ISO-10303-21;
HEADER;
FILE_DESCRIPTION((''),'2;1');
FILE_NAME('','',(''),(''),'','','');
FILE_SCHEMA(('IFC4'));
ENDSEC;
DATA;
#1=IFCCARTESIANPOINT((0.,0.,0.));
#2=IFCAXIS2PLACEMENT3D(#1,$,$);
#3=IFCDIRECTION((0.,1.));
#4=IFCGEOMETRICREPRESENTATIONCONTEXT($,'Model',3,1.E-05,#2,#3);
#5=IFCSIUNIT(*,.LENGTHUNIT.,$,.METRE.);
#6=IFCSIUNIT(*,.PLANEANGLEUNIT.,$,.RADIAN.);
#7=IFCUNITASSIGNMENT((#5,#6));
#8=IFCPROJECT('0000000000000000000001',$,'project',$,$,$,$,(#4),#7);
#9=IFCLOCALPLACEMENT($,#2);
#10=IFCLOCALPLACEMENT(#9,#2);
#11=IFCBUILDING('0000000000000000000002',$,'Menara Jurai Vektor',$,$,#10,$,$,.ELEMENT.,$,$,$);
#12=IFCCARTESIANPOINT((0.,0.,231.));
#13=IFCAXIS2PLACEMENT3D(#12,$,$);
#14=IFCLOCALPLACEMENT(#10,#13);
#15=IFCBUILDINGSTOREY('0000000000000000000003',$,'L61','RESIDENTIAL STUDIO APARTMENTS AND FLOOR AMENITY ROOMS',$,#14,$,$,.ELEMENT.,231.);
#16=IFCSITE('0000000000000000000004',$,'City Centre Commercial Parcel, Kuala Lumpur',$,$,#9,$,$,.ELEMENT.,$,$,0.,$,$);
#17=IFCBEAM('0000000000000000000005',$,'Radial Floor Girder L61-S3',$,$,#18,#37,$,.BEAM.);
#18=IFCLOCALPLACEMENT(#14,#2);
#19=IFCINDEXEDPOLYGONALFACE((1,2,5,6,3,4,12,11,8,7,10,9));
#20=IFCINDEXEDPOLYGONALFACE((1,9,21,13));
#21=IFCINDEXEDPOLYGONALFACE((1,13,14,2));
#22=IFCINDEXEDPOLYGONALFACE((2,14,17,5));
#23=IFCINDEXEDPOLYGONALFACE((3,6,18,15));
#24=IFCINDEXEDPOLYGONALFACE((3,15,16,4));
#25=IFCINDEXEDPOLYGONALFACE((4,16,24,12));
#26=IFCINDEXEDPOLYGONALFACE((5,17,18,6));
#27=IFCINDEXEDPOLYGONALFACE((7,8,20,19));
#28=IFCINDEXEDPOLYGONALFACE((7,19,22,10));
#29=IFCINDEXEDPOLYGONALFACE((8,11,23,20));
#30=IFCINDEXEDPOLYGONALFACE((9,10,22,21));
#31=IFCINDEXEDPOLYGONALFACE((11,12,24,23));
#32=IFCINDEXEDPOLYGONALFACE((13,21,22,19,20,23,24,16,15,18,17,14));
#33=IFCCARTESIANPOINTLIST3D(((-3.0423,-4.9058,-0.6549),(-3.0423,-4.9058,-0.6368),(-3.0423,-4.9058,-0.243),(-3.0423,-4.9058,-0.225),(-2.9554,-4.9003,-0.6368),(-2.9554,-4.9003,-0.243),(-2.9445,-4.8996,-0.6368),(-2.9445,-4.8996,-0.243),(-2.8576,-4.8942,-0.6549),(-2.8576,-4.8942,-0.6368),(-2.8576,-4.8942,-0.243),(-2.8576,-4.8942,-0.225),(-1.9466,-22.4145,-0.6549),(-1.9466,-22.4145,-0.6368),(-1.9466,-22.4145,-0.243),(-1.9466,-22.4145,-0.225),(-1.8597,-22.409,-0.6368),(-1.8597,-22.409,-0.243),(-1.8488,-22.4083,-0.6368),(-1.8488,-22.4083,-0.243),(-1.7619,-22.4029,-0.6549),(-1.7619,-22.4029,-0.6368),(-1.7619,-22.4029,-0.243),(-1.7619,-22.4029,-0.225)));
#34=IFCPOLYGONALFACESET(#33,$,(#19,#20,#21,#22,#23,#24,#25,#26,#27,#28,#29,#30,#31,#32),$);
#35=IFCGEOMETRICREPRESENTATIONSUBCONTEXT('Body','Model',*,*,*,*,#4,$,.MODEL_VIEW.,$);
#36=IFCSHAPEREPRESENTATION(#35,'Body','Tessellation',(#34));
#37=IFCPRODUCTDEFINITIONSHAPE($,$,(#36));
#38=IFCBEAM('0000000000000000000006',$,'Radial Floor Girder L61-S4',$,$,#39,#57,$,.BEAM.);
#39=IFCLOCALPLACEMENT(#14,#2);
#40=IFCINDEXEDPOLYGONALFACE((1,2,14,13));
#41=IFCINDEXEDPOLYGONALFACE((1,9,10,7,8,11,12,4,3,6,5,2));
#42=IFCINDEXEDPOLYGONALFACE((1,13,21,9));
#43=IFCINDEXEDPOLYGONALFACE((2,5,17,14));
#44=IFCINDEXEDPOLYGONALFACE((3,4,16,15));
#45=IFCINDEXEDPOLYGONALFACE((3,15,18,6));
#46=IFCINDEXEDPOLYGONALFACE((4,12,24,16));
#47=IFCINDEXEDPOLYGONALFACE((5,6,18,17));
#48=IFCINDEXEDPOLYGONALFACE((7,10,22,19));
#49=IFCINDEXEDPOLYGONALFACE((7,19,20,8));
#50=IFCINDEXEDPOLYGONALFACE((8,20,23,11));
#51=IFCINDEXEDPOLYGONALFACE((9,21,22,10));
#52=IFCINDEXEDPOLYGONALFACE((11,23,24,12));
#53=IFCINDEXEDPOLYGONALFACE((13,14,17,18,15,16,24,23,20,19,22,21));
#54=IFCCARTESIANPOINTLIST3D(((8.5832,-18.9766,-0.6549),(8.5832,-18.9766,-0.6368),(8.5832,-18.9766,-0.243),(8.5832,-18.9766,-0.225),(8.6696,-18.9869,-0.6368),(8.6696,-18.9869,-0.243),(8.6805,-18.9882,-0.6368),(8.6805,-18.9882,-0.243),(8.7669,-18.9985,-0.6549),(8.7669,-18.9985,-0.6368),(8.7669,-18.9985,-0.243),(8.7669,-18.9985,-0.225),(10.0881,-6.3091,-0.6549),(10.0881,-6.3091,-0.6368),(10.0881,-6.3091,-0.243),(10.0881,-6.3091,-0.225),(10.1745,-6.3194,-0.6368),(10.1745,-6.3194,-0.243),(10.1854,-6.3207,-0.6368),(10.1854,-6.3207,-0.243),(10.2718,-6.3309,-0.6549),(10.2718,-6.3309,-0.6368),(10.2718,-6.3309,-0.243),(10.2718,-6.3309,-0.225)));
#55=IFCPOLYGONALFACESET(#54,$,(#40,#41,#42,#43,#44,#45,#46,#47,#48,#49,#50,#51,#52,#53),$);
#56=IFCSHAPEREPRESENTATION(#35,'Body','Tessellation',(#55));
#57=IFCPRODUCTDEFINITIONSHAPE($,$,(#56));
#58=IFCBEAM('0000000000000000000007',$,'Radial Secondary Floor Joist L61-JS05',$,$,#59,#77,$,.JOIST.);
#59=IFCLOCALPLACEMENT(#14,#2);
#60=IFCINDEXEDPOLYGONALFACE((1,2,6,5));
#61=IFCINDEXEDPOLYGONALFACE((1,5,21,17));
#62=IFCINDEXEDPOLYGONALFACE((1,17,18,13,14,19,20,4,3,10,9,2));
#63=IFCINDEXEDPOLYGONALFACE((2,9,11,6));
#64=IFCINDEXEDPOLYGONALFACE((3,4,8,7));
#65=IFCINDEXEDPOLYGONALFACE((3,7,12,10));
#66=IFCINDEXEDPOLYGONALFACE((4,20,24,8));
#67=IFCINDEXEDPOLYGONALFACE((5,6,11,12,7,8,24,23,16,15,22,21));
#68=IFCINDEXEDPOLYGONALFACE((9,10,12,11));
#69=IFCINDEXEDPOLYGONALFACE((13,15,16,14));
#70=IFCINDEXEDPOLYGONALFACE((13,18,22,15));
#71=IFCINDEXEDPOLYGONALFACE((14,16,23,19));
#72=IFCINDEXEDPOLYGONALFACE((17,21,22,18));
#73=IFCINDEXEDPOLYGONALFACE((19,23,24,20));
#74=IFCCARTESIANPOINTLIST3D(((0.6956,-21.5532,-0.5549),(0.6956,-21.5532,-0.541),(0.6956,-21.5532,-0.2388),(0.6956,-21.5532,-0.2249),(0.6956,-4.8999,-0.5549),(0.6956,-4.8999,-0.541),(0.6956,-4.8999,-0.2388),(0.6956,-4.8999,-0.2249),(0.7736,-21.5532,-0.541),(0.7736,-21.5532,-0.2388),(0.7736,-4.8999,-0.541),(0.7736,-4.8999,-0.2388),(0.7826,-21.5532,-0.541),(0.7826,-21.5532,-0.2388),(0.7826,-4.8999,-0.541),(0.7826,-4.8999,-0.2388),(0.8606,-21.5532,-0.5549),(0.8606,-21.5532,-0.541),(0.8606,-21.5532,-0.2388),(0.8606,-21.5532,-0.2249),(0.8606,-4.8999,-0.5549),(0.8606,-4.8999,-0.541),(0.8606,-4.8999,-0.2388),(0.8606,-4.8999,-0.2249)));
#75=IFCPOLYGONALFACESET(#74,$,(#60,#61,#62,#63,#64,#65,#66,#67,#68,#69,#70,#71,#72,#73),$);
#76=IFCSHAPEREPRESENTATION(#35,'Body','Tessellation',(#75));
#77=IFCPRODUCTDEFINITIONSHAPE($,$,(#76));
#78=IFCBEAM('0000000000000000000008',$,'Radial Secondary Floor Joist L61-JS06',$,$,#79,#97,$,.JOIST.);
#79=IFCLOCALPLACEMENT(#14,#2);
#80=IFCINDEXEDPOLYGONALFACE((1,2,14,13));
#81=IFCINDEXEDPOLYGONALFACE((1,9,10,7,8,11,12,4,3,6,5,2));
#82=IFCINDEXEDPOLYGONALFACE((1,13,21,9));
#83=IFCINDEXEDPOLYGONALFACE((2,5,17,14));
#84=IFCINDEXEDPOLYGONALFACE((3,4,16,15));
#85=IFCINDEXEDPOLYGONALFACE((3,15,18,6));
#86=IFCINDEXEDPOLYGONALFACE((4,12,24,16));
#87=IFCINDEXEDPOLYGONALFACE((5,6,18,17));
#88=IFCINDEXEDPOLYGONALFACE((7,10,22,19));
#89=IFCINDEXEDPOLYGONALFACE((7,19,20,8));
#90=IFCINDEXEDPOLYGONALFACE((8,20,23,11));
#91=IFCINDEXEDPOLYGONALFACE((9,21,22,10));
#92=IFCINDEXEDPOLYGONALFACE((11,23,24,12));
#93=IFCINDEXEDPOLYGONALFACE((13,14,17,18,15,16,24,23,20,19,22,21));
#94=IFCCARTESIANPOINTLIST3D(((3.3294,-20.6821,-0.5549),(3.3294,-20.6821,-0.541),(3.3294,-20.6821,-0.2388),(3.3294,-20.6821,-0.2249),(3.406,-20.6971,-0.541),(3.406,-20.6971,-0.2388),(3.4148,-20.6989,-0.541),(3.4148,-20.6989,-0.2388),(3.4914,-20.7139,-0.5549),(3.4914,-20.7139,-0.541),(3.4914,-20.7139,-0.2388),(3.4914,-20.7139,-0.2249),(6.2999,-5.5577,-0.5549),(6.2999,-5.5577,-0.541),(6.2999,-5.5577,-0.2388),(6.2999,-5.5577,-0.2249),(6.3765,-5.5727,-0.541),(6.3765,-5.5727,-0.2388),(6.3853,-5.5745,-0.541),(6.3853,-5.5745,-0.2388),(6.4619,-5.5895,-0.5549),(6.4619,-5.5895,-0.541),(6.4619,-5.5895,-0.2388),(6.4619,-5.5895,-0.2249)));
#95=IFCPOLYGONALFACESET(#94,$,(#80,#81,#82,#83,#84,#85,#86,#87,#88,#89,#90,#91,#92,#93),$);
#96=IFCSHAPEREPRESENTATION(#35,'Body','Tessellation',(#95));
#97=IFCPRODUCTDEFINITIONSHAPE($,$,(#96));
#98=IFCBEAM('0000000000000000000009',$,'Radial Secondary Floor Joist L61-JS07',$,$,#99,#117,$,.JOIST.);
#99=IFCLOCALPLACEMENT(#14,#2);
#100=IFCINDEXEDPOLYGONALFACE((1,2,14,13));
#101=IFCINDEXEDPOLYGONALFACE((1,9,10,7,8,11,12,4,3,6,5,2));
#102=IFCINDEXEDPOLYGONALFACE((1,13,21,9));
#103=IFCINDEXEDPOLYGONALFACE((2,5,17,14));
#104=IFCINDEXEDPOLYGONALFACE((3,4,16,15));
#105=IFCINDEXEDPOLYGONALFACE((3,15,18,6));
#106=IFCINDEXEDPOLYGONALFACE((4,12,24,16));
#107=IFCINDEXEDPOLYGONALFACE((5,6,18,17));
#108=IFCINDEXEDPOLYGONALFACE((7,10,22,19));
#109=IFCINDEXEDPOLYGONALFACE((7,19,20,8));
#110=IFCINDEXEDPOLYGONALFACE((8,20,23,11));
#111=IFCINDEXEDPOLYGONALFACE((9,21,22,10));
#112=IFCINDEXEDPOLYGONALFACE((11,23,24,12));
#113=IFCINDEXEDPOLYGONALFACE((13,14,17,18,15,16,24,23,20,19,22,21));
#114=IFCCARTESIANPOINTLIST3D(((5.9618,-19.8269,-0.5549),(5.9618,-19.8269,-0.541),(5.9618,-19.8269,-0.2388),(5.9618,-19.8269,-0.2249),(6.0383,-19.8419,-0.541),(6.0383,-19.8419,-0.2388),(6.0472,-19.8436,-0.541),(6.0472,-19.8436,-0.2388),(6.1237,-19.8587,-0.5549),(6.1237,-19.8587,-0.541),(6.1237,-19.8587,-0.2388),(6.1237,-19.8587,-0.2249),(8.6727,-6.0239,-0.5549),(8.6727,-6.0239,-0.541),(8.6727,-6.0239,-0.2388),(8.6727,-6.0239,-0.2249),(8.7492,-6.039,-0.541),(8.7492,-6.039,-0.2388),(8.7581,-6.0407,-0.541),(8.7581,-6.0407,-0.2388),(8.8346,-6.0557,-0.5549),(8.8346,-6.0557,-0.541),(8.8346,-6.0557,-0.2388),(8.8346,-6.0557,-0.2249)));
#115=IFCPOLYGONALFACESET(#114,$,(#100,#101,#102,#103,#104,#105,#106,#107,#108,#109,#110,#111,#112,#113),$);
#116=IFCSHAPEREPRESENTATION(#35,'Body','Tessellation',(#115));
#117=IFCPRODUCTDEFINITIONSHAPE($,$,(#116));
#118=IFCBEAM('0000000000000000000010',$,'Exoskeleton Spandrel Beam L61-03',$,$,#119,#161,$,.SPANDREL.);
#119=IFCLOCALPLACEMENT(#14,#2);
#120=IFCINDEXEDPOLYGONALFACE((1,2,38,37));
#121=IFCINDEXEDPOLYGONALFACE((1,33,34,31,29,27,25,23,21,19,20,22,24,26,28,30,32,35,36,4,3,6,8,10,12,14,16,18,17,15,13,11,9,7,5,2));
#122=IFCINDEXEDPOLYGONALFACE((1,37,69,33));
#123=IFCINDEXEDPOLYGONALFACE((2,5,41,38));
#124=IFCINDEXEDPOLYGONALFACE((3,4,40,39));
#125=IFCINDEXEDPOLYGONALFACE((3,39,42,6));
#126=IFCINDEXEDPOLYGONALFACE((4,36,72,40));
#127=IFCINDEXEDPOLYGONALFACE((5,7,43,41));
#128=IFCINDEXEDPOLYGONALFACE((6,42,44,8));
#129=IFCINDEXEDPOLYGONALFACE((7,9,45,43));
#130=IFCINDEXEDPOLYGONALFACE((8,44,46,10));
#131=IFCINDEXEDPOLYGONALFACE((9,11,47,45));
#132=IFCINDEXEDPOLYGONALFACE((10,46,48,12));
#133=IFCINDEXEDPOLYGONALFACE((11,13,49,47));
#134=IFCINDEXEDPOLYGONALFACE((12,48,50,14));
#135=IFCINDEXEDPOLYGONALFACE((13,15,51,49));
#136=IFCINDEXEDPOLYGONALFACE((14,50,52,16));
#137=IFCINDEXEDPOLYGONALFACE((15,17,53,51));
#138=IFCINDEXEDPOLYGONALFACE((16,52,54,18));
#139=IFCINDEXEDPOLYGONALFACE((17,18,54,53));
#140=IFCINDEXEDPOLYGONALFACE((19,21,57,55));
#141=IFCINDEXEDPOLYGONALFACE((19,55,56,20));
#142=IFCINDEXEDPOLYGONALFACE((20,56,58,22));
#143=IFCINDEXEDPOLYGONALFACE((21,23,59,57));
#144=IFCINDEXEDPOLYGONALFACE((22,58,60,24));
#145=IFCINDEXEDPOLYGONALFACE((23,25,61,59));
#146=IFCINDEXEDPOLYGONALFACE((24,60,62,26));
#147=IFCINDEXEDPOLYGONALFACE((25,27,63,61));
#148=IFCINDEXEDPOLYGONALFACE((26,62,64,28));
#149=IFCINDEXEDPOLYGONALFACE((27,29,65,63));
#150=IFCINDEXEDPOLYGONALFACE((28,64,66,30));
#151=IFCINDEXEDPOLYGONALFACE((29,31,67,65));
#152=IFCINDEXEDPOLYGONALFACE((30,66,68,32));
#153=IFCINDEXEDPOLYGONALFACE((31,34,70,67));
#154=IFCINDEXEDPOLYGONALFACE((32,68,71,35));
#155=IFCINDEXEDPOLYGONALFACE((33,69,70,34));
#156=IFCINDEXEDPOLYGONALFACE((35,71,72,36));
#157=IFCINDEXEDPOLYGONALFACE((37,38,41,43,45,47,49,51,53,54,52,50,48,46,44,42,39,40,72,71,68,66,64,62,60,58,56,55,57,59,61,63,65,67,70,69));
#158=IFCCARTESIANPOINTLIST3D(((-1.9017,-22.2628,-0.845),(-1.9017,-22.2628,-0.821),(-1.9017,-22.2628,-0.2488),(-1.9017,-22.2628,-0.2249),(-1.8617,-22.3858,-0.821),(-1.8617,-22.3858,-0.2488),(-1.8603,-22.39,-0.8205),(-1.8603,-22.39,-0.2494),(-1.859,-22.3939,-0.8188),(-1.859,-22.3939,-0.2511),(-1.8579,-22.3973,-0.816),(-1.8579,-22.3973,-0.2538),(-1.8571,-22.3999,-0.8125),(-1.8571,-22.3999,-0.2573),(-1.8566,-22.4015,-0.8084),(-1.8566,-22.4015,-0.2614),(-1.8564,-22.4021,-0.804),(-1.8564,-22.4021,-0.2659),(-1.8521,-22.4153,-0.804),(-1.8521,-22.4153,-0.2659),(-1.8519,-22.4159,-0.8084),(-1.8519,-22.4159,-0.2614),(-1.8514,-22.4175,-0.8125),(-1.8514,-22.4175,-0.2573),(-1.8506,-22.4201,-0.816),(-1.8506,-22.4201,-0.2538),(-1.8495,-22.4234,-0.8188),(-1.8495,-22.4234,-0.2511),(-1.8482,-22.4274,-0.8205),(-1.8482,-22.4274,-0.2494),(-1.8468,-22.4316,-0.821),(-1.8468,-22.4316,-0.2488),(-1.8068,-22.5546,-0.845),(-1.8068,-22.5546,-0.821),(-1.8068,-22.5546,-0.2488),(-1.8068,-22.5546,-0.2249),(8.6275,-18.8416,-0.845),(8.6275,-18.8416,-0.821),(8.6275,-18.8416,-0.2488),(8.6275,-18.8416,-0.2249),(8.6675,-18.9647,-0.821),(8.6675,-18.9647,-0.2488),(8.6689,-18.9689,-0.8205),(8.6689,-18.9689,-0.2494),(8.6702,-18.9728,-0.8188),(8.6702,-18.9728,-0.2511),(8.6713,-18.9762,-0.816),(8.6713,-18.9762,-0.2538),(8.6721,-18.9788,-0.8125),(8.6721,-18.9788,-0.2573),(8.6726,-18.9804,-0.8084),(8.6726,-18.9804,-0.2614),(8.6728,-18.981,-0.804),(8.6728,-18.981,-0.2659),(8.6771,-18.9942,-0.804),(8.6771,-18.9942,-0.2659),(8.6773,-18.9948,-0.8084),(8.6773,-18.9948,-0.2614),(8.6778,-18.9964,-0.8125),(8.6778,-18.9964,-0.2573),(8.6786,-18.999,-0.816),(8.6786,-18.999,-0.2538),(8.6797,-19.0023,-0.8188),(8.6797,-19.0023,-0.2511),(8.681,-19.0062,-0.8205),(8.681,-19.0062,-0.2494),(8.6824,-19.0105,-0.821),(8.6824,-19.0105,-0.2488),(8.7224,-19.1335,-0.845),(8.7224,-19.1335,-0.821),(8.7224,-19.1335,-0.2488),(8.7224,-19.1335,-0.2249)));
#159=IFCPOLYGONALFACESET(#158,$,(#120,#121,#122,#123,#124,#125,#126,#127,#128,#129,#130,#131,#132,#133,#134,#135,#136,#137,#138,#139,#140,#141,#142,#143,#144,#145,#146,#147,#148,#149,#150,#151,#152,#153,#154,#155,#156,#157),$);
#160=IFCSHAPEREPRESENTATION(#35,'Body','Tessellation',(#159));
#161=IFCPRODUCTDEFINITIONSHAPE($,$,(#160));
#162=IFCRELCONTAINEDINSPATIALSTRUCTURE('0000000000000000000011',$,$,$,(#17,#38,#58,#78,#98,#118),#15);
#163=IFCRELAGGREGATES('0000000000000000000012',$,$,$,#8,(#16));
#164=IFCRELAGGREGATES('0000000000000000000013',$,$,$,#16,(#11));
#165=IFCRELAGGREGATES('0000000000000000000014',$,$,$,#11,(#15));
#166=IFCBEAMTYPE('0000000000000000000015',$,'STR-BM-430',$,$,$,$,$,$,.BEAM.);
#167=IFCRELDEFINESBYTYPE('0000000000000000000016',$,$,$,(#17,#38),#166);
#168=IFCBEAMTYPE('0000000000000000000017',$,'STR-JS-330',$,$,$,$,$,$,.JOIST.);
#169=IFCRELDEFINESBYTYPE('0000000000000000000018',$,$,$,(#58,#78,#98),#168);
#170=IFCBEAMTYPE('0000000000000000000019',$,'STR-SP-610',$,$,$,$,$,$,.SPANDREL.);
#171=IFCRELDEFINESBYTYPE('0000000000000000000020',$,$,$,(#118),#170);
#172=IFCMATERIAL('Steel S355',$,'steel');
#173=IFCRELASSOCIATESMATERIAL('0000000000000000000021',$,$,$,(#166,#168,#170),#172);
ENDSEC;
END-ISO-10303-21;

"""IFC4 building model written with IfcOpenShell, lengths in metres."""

from ifc_helpers import new_model, si_unit, direction, frame, origin, origin_2d, place, context, subcontext, project, spatial, i_section, extrude, material, material_profile, profile_set, type_object, element, save


model = new_model("IFC4")

# Units and contexts
model_context = context("Model", 3, precision=1e-05, world=origin(), true_north=direction((0.0, 1.0)))
body_context = subcontext(model_context, "Body", "Model", "MODEL_VIEW")
ifc_project = project(units=[si_unit("LENGTHUNIT", "METRE"), si_unit("PLANEANGLEUNIT", "RADIAN")], contexts=[model_context])

# Site, building, storey
site_placement = place(None, origin())
site = spatial("IfcSite", under=ifc_project, at=site_placement, Name="City Centre Commercial Parcel, Kuala Lumpur", CompositionType="ELEMENT", RefElevation=0.0)
building_placement = place(site_placement, origin())
building = spatial("IfcBuilding", under=site, at=building_placement, Name="Menara Jurai Vektor", CompositionType="ELEMENT")
storey_placement = place(building_placement, frame((0.0, 0.0, 231.0)))
storey = spatial("IfcBuildingStorey", under=building, at=storey_placement, Name="L61", Description="RESIDENTIAL STUDIO APARTMENTS AND FLOOR AMENITY ROOMS", CompositionType="ELEMENT", Elevation=231.0)

# Beams
ifc_material_1 = material(Name="Steel S355", Category="steel")
ifc_material_profile_1 = material_profile(ifc_material_1, i_section(OverallWidth=0.1851, OverallDepth=0.4299, WebThickness=0.011, FlangeThickness=0.0181, at=origin_2d()), Name="PG 430x185x76")
ifc_profile_set_1 = profile_set([ifc_material_profile_1], Name="Steel S355")
beam_type_1 = type_object("IfcBeamType", Name="STR-BM-430", PredefinedType="BEAM", material=ifc_profile_set_1)
beam_1_placement = place(storey_placement, frame((-1.8542, -22.4087, -0.4399), z_axis=(-0.062458, 0.998048, 0.0), x_axis=(-0.998048, -0.062458, 0.0)))
element("IfcBeam", 1, at=beam_1_placement, inside=storey, type_object=beam_type_1, Name="Radial Floor Girder L61-S3", PredefinedType="BEAM", context=body_context, shape_type="SweptSolid", body=[
    extrude(i_section(OverallWidth=0.1851, OverallDepth=0.4299, WebThickness=0.011, FlangeThickness=0.0181, at=origin_2d()), origin(), (0.0, 0.0, 1.0), 17.543),
])
beam_2_placement = place(storey_placement, frame((8.675, -18.9875, -0.4399), z_axis=(0.117969, 0.993017, 0.0), x_axis=(-0.993017, 0.117969, 0.0)))
element("IfcBeam", 2, at=beam_2_placement, inside=storey, type_object=beam_type_1, Name="Radial Floor Girder L61-S4", PredefinedType="BEAM", context=body_context, shape_type="SweptSolid", body=[
    extrude(i_section(OverallWidth=0.1851, OverallDepth=0.4299, WebThickness=0.011, FlangeThickness=0.0181, at=origin_2d()), origin(), (0.0, 0.0, 1.0), 12.7566),
])
ifc_material_profile_2 = material_profile(ifc_material_1, i_section(OverallWidth=0.165, OverallDepth=0.3301, WebThickness=0.009, FlangeThickness=0.0139, at=origin_2d()), Name="PG 330x165x46")
ifc_profile_set_2 = profile_set([ifc_material_profile_2], Name="Steel S355")
beam_type_2 = type_object("IfcBeamType", Name="STR-JS-330", PredefinedType="JOIST", material=ifc_profile_set_2)
beam_3_placement = place(storey_placement, frame((0.7781, -21.5532, -0.3899), z_axis=(0.0, 1.0, 0.0), x_axis=(-1.0, 0.0, 0.0)))
element("IfcBeam", 3, at=beam_3_placement, inside=storey, type_object=beam_type_2, Name="Radial Secondary Floor Joist L61-JS05", PredefinedType="JOIST", context=body_context, shape_type="SweptSolid", body=[
    extrude(i_section(OverallWidth=0.165, OverallDepth=0.3301, WebThickness=0.009, FlangeThickness=0.0139, at=origin_2d()), origin(), (0.0, 0.0, 1.0), 16.6533),
])
beam_4_placement = place(storey_placement, frame((3.4104, -20.698, -0.3899), z_axis=(0.192722, 0.981253, 0.0), x_axis=(-0.981253, 0.192722, 0.0)))
element("IfcBeam", 4, at=beam_4_placement, inside=storey, type_object=beam_type_2, Name="Radial Secondary Floor Joist L61-JS06", PredefinedType="JOIST", context=body_context, shape_type="SweptSolid", body=[
    extrude(i_section(OverallWidth=0.165, OverallDepth=0.3301, WebThickness=0.009, FlangeThickness=0.0139, at=origin_2d()), origin(), (0.0, 0.0, 1.0), 15.4133),
])
beam_5_placement = place(storey_placement, frame((6.0427, -19.8428, -0.3899), z_axis=(0.192721, 0.981254, 0.0), x_axis=(-0.981254, 0.192721, 0.0)))
element("IfcBeam", 5, at=beam_5_placement, inside=storey, type_object=beam_type_2, Name="Radial Secondary Floor Joist L61-JS07", PredefinedType="JOIST", context=body_context, shape_type="SweptSolid", body=[
    extrude(i_section(OverallWidth=0.165, OverallDepth=0.3301, WebThickness=0.009, FlangeThickness=0.0139, at=origin_2d()), origin(), (0.0, 0.0, 1.0), 14.0667),
])
ifc_material_profile_3 = material_profile(ifc_material_1, i_section(OverallWidth=0.3069, OverallDepth=0.6201, WebThickness=0.0139, FlangeThickness=0.0239, FilletRadius=0.0171, at=origin_2d()), Name="UKB 610x305x179")
ifc_profile_set_3 = profile_set([ifc_material_profile_3], Name="Steel S355")
beam_type_3 = type_object("IfcBeamType", Name="STR-SP-610", PredefinedType="SPANDREL", material=ifc_profile_set_3)
for number, where, z_axis, x_axis, name in (
    (6, (-1.8542, -22.4087, -0.5349), (0.951057, 0.309014, 0.0), (-0.309014, 0.951057, 0.0), "Exoskeleton Spandrel Beam L61-03"),
):
    element("IfcBeam", number, at=place(storey_placement, frame(where, z_axis=z_axis, x_axis=x_axis)), inside=storey, type_object=beam_type_3, Name=name, PredefinedType="SPANDREL", context=body_context, shape_type="SweptSolid", body=[
        extrude(i_section(OverallWidth=0.3069, OverallDepth=0.6201, WebThickness=0.0139, FlangeThickness=0.0239, FilletRadius=0.0171, at=origin_2d()), origin(), (0.0, 0.0, 1.0), 11.071),
    ])

save(model, "model.ifc")
